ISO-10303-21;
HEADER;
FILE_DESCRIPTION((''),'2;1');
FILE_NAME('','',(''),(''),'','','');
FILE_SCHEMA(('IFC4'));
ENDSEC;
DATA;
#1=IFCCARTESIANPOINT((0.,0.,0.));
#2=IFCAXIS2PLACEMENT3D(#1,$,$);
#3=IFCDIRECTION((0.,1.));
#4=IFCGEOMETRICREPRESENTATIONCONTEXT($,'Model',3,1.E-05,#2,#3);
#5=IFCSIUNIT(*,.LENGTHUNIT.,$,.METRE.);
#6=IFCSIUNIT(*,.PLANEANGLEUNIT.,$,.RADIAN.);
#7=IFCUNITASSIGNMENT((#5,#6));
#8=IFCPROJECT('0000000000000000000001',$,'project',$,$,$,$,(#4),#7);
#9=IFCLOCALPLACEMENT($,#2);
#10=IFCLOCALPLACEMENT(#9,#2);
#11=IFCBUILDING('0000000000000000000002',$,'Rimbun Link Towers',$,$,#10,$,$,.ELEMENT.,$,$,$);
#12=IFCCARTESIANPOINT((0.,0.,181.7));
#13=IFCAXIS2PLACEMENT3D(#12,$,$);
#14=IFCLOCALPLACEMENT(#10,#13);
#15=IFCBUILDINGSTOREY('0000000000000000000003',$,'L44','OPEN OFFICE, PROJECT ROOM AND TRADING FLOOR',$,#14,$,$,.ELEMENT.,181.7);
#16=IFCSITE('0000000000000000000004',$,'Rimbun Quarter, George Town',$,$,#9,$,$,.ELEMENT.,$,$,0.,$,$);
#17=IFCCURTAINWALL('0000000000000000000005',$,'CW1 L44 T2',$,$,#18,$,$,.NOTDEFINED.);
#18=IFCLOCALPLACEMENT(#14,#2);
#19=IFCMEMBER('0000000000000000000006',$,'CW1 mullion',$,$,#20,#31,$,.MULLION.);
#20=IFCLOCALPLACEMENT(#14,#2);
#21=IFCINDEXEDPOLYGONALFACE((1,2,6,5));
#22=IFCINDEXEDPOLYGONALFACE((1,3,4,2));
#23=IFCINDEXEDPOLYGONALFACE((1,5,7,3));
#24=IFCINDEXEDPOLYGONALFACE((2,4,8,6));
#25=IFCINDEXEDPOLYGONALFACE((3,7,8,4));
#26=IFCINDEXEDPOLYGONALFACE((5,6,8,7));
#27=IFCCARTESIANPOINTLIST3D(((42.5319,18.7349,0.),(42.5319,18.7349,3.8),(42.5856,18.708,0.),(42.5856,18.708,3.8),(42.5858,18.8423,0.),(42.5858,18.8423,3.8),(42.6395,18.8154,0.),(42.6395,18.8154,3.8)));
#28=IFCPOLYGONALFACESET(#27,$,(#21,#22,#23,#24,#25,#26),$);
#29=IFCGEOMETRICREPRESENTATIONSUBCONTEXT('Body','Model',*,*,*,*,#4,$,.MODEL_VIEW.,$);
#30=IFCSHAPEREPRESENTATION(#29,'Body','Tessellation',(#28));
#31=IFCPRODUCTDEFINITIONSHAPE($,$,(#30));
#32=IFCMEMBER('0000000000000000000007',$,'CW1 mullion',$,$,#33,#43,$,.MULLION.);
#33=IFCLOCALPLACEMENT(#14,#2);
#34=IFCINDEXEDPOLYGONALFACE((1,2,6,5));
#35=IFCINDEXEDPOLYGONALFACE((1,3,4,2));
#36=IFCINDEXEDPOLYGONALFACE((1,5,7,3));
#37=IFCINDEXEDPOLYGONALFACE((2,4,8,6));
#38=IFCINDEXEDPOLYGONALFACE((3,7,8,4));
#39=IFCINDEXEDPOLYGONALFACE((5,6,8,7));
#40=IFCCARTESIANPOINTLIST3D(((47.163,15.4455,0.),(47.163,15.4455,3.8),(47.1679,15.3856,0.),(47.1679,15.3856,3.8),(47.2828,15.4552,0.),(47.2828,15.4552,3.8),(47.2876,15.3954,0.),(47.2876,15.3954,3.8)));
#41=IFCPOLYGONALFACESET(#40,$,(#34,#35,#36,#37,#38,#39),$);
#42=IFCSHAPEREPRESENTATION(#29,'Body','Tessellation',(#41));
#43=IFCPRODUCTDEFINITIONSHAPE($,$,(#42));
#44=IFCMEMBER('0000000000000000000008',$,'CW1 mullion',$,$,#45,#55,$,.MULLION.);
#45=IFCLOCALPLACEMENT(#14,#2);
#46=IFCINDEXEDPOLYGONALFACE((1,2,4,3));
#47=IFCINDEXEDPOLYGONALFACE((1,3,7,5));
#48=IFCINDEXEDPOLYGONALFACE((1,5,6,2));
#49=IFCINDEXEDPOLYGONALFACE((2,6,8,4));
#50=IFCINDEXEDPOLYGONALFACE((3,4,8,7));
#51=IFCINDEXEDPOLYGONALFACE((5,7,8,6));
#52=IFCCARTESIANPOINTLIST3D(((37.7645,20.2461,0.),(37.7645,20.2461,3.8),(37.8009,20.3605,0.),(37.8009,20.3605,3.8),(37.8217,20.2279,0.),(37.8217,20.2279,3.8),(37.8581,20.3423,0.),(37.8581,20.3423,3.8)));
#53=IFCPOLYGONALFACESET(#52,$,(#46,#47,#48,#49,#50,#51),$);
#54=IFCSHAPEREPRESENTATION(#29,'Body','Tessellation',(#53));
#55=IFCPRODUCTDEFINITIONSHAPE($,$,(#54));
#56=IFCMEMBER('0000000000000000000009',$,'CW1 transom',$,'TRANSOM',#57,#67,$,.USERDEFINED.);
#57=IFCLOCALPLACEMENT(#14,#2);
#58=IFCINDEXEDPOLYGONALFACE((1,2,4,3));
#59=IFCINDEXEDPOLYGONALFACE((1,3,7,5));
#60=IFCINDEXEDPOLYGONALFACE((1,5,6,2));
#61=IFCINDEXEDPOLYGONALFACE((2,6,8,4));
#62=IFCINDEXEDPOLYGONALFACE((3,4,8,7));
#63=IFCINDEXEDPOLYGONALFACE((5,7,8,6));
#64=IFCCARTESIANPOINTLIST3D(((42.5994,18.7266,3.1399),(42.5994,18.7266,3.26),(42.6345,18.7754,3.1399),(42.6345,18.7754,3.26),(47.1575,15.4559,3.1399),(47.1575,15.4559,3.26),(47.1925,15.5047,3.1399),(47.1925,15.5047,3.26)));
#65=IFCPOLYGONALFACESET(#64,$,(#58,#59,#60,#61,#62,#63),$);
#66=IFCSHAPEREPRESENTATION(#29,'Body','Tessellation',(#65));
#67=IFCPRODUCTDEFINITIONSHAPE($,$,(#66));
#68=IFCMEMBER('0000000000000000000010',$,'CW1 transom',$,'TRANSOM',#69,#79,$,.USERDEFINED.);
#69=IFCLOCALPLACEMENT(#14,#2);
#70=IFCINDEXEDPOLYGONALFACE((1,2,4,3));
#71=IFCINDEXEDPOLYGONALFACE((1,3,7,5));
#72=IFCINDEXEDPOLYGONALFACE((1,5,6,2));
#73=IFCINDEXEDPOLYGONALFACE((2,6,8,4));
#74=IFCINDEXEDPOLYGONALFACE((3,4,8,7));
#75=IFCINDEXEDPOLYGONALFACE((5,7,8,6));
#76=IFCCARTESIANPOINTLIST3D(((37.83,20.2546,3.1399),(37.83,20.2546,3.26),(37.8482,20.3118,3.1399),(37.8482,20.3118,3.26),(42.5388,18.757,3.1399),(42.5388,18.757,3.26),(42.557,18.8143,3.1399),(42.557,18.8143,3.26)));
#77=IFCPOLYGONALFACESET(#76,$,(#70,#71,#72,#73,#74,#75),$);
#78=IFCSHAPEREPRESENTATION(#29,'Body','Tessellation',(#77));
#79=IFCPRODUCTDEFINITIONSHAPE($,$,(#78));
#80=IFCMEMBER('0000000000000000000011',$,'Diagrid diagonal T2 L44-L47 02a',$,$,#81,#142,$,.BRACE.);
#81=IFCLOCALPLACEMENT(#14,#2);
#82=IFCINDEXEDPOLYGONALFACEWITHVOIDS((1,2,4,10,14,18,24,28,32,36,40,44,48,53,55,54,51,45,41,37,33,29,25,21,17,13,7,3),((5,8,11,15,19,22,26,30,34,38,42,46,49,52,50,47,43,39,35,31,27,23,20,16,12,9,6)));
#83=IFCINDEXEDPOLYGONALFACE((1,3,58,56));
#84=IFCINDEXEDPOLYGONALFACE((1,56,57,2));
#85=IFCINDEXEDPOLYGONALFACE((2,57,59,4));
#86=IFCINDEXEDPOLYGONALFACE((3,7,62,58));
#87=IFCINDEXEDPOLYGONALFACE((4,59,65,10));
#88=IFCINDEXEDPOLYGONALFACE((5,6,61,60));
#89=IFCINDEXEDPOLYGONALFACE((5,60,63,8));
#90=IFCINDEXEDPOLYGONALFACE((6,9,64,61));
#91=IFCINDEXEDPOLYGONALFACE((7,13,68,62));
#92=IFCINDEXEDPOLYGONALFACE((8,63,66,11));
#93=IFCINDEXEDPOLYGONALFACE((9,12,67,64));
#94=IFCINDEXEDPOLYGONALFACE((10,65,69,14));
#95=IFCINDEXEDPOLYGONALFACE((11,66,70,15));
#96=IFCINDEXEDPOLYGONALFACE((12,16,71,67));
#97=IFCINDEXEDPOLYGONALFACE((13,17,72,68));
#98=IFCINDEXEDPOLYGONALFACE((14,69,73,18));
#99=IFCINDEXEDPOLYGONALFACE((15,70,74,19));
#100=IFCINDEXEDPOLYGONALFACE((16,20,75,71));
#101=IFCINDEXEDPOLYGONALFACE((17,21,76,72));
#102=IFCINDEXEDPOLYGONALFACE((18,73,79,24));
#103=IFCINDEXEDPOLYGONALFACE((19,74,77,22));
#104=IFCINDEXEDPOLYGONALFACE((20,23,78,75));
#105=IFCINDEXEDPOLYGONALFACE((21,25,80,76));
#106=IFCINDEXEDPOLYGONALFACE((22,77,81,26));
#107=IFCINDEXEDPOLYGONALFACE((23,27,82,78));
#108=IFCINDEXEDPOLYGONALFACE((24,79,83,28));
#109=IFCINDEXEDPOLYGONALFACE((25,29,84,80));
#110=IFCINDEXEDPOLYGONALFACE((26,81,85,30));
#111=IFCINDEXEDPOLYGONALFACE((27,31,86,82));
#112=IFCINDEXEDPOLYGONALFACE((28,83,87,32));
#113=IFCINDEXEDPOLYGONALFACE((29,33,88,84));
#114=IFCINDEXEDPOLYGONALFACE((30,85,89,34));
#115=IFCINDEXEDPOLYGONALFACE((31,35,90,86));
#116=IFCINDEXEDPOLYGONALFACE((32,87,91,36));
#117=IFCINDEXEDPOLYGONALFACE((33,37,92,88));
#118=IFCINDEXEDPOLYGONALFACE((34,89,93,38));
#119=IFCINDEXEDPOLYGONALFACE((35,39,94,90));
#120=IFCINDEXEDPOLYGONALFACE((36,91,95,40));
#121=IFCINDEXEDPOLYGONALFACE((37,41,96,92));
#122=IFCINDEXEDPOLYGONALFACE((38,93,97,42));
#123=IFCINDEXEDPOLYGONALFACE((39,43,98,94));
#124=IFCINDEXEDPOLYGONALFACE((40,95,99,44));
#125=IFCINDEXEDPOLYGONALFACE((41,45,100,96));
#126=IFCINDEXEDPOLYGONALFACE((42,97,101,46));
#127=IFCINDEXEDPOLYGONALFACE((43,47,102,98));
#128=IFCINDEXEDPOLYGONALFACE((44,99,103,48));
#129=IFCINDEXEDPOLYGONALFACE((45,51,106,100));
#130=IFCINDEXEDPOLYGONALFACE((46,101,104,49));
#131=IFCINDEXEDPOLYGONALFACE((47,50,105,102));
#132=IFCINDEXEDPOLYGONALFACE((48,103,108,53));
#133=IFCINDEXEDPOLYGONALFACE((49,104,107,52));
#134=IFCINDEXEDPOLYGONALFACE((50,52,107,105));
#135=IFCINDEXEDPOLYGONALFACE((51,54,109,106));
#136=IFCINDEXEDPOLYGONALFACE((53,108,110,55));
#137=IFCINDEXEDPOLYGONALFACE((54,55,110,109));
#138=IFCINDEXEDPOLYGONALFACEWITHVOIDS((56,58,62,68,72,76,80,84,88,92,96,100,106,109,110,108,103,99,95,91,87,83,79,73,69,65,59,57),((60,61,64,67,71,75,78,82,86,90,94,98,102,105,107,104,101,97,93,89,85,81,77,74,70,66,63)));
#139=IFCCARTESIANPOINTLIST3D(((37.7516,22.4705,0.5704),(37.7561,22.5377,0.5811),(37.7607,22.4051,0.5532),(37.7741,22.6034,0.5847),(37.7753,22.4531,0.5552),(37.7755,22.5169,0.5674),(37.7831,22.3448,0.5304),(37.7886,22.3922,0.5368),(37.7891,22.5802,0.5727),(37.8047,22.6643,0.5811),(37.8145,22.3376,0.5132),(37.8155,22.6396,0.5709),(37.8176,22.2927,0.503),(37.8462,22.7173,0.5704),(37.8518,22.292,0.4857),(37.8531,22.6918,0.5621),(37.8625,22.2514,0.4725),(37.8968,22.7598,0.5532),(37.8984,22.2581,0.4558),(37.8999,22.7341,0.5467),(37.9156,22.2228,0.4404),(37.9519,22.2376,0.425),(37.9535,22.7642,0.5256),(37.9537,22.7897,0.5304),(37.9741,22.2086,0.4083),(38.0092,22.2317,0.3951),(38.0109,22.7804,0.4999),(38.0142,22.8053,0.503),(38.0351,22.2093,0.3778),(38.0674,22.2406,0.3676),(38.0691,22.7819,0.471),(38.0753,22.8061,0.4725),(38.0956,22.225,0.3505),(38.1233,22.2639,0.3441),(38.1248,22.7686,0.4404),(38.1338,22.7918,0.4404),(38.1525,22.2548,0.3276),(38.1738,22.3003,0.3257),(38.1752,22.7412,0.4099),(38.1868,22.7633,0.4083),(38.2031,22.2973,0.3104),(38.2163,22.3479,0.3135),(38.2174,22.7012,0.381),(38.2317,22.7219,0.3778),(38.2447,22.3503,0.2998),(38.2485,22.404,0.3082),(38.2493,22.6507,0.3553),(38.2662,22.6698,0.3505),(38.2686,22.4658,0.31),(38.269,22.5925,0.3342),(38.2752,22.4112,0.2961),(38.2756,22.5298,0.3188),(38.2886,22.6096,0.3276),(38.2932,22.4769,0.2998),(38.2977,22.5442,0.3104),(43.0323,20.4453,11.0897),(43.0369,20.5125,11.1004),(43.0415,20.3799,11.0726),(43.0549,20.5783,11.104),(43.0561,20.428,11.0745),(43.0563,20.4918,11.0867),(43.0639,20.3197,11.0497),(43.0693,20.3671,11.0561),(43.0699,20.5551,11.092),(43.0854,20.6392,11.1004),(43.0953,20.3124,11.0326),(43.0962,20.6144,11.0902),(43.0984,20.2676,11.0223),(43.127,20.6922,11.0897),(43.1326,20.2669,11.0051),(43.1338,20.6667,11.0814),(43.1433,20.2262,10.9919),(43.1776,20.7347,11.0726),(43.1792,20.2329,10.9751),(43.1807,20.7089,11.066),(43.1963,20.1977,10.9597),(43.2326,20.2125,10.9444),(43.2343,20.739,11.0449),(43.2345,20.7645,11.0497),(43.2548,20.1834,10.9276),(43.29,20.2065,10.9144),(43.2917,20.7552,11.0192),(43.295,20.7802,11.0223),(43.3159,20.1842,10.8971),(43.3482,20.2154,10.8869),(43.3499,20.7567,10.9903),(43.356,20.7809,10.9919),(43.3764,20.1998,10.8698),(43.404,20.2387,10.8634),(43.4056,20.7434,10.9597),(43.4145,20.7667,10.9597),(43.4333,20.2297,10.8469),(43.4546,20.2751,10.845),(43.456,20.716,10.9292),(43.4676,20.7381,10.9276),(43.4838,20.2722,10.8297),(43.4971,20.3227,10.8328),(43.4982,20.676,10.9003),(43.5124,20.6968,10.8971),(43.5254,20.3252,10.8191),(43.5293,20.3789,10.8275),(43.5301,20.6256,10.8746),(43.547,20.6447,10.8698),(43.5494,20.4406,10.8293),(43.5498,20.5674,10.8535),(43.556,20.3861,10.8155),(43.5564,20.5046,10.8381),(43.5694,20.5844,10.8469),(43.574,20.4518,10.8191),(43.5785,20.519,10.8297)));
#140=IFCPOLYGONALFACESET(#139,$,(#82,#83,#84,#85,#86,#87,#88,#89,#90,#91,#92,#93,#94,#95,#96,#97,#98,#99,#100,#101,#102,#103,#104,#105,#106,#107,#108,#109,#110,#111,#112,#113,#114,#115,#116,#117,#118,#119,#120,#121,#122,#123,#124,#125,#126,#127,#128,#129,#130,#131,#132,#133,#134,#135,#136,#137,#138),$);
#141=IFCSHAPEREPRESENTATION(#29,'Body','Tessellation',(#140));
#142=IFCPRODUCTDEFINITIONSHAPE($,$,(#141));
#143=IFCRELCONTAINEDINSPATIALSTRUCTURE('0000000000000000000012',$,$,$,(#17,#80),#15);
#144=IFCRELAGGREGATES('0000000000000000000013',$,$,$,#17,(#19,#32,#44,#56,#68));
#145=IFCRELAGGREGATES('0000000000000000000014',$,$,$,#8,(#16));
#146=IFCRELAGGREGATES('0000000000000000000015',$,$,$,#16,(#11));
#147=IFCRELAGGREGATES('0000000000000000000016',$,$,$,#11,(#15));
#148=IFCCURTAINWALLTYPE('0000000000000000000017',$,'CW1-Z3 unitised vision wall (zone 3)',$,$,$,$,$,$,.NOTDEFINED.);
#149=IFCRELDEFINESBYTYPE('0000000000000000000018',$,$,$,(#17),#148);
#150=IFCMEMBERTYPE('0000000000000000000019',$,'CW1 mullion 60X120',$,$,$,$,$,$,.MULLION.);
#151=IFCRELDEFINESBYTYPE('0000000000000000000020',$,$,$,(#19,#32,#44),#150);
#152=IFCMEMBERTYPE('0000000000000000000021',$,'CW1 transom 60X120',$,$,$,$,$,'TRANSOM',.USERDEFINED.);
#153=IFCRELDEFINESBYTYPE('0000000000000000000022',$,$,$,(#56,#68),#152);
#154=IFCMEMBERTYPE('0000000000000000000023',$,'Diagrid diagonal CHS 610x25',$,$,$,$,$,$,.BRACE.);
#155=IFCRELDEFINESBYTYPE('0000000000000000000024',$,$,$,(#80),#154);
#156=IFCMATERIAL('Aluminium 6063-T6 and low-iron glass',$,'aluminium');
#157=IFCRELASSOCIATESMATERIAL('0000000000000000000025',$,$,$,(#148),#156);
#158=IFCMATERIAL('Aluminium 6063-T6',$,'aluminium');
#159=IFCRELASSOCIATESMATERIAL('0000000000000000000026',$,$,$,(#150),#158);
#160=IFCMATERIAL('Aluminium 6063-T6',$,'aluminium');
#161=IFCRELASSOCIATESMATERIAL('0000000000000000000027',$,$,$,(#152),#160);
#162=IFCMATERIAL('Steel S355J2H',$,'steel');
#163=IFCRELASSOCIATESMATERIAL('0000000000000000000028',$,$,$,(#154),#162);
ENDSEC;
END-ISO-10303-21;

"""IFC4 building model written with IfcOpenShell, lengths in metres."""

from ifc_helpers import new_model, si_unit, direction, frame, origin, origin_2d, place, context, subcontext, project, spatial, rectangle, hollow_circle, extrude, material, material_profile, profile_set, type_object, element, aggregate, save


model = new_model("IFC4")

# Units and contexts
model_context = context("Model", 3, precision=1e-05, world=origin(), true_north=direction((0.0, 1.0)))
body_context = subcontext(model_context, "Body", "Model", "MODEL_VIEW")
ifc_project = project(units=[si_unit("LENGTHUNIT", "METRE"), si_unit("PLANEANGLEUNIT", "RADIAN")], contexts=[model_context])

# Site, building, storey
site_placement = place(None, origin())
site = spatial("IfcSite", under=ifc_project, at=site_placement, Name="Rimbun Quarter, George Town", CompositionType="ELEMENT", RefElevation=0.0)
building_placement = place(site_placement, origin())
building = spatial("IfcBuilding", under=site, at=building_placement, Name="Rimbun Link Towers", CompositionType="ELEMENT")
storey_placement = place(building_placement, frame((0.0, 0.0, 181.7)))
storey = spatial("IfcBuildingStorey", under=building, at=storey_placement, Name="L44", Description="OPEN OFFICE, PROJECT ROOM AND TRADING FLOOR", CompositionType="ELEMENT", Elevation=181.7)

# Curtain wall, members
ifc_material_1 = material(Name="Aluminium 6063-T6 and low-iron glass", Category="aluminium")
curtain_wall_type = type_object("IfcCurtainWallType", Name="CW1-Z3 unitised vision wall (zone 3)", PredefinedType="NOTDEFINED", material=ifc_material_1)
curtain_wall_placement = place(storey_placement, origin())
curtain_wall = element("IfcCurtainWall", 1, at=curtain_wall_placement, inside=storey, type_object=curtain_wall_type, Name="CW1 L44 T2", PredefinedType="NOTDEFINED")
ifc_material_2 = material(Name="Aluminium 6063-T6", Category="aluminium")
ifc_material_profile_1 = material_profile(ifc_material_2, rectangle(XDim=0.1201, YDim=0.0601, at=origin_2d()), Name="MULLION 60X120")
ifc_profile_set_1 = profile_set([ifc_material_profile_1], Name="Aluminium 6063-T6")
member_type_1 = type_object("IfcMemberType", Name="CW1 mullion 60X120", PredefinedType="MULLION", material=ifc_profile_set_1)
member_1_placement = place(storey_placement, frame((42.5857, 18.7751, 0.0), z_axis=(0.0, 0.0, 1.0), x_axis=(0.44857, 0.893748, 0.0)))
member_1 = element("IfcMember", 2, at=member_1_placement, type_object=member_type_1, Name="CW1 mullion", PredefinedType="MULLION", context=body_context, shape_type="SweptSolid", body=[
    extrude(rectangle(XDim=0.1201, YDim=0.0601, at=origin_2d()), origin(), (0.0, 0.0, 1.0), 3.8),
])
member_2_placement = place(storey_placement, frame((47.2253, 15.4204, 0.0), z_axis=(0.0, 0.0, 1.0), x_axis=(0.996682, 0.081391, 0.0)))
member_2 = element("IfcMember", 3, at=member_2_placement, type_object=member_type_1, Name="CW1 mullion", PredefinedType="MULLION", context=body_context, shape_type="SweptSolid", body=[
    extrude(rectangle(XDim=0.1201, YDim=0.0601, at=origin_2d()), origin(), (0.0, 0.0, 1.0), 3.8),
])
member_3_placement = place(storey_placement, frame((37.8113, 20.2942, 0.0), z_axis=(0.0, 0.0, 1.0), x_axis=(0.303053, 0.952974, 0.0)))
member_3 = element("IfcMember", 4, at=member_3_placement, type_object=member_type_1, Name="CW1 mullion", PredefinedType="MULLION", context=body_context, shape_type="SweptSolid", body=[
    extrude(rectangle(XDim=0.1201, YDim=0.0601, at=origin_2d()), origin(), (0.0, 0.0, 1.0), 3.8),
])
ifc_material_3 = material(Name="Aluminium 6063-T6", Category="aluminium")
ifc_material_profile_2 = material_profile(ifc_material_3, rectangle(XDim=0.0601, YDim=0.1201, at=origin_2d()), Name="TRANSOM 60X120")
ifc_profile_set_2 = profile_set([ifc_material_profile_2], Name="Aluminium 6063-T6")
member_type_2 = type_object("IfcMemberType", Name="CW1 transom 60X120", ElementType="TRANSOM", PredefinedType="USERDEFINED", material=ifc_profile_set_2)
member_4_placement = place(storey_placement, frame((42.6169, 18.751, 3.2), z_axis=(0.81247, -0.583003, 0.0), x_axis=(0.583003, 0.81247, 0.0)))
member_4 = element("IfcMember", 5, at=member_4_placement, type_object=member_type_2, Name="CW1 transom", ObjectType="TRANSOM", PredefinedType="USERDEFINED", context=body_context, shape_type="SweptSolid", body=[
    extrude(rectangle(XDim=0.0601, YDim=0.1201, at=origin_2d()), origin(), (0.0, 0.0, 1.0), 5.6101),
])
member_5_placement = place(storey_placement, frame((37.8391, 20.2832, 3.2), z_axis=(0.952965, -0.303079, 0.0), x_axis=(0.303079, 0.952965, 0.0)))
member_5 = element("IfcMember", 6, at=member_5_placement, type_object=member_type_2, Name="CW1 transom", ObjectType="TRANSOM", PredefinedType="USERDEFINED", context=body_context, shape_type="SweptSolid", body=[
    extrude(rectangle(XDim=0.0601, YDim=0.1201, at=origin_2d()), origin(), (0.0, 0.0, 1.0), 4.9412),
])

# Member
ifc_material_4 = material(Name="Steel S355J2H", Category="steel")
ifc_material_profile_3 = material_profile(ifc_material_4, hollow_circle(Radius=0.3047, WallThickness=0.0249, at=origin_2d()), Name="Diagrid diagonal CHS 610x25")
ifc_profile_set_3 = profile_set([ifc_material_profile_3], Name="Steel S355J2H")
member_type_3 = type_object("IfcMemberType", Name="Diagrid diagonal CHS 610x25", PredefinedType="BRACE", material=ifc_profile_set_3)
member_6_placement = place(storey_placement, frame((38.0247, 22.5073, 0.4404), z_axis=(0.442152, -0.169563, 0.880767), x_axis=(0.358068, 0.933696, 0.0)))
element("IfcMember", 7, at=member_6_placement, inside=storey, type_object=member_type_3, Name="Diagrid diagonal T2 L44-L47 02a", PredefinedType="BRACE", context=body_context, shape_type="SweptSolid", body=[
    extrude(hollow_circle(Radius=0.3047, WallThickness=0.0249, at=origin_2d()), origin(), (0.0, 0.0, 1.0), 11.9434),
])

aggregate(curtain_wall, [member_1, member_2, member_3, member_4, member_5])

save(model, "model.ifc")
